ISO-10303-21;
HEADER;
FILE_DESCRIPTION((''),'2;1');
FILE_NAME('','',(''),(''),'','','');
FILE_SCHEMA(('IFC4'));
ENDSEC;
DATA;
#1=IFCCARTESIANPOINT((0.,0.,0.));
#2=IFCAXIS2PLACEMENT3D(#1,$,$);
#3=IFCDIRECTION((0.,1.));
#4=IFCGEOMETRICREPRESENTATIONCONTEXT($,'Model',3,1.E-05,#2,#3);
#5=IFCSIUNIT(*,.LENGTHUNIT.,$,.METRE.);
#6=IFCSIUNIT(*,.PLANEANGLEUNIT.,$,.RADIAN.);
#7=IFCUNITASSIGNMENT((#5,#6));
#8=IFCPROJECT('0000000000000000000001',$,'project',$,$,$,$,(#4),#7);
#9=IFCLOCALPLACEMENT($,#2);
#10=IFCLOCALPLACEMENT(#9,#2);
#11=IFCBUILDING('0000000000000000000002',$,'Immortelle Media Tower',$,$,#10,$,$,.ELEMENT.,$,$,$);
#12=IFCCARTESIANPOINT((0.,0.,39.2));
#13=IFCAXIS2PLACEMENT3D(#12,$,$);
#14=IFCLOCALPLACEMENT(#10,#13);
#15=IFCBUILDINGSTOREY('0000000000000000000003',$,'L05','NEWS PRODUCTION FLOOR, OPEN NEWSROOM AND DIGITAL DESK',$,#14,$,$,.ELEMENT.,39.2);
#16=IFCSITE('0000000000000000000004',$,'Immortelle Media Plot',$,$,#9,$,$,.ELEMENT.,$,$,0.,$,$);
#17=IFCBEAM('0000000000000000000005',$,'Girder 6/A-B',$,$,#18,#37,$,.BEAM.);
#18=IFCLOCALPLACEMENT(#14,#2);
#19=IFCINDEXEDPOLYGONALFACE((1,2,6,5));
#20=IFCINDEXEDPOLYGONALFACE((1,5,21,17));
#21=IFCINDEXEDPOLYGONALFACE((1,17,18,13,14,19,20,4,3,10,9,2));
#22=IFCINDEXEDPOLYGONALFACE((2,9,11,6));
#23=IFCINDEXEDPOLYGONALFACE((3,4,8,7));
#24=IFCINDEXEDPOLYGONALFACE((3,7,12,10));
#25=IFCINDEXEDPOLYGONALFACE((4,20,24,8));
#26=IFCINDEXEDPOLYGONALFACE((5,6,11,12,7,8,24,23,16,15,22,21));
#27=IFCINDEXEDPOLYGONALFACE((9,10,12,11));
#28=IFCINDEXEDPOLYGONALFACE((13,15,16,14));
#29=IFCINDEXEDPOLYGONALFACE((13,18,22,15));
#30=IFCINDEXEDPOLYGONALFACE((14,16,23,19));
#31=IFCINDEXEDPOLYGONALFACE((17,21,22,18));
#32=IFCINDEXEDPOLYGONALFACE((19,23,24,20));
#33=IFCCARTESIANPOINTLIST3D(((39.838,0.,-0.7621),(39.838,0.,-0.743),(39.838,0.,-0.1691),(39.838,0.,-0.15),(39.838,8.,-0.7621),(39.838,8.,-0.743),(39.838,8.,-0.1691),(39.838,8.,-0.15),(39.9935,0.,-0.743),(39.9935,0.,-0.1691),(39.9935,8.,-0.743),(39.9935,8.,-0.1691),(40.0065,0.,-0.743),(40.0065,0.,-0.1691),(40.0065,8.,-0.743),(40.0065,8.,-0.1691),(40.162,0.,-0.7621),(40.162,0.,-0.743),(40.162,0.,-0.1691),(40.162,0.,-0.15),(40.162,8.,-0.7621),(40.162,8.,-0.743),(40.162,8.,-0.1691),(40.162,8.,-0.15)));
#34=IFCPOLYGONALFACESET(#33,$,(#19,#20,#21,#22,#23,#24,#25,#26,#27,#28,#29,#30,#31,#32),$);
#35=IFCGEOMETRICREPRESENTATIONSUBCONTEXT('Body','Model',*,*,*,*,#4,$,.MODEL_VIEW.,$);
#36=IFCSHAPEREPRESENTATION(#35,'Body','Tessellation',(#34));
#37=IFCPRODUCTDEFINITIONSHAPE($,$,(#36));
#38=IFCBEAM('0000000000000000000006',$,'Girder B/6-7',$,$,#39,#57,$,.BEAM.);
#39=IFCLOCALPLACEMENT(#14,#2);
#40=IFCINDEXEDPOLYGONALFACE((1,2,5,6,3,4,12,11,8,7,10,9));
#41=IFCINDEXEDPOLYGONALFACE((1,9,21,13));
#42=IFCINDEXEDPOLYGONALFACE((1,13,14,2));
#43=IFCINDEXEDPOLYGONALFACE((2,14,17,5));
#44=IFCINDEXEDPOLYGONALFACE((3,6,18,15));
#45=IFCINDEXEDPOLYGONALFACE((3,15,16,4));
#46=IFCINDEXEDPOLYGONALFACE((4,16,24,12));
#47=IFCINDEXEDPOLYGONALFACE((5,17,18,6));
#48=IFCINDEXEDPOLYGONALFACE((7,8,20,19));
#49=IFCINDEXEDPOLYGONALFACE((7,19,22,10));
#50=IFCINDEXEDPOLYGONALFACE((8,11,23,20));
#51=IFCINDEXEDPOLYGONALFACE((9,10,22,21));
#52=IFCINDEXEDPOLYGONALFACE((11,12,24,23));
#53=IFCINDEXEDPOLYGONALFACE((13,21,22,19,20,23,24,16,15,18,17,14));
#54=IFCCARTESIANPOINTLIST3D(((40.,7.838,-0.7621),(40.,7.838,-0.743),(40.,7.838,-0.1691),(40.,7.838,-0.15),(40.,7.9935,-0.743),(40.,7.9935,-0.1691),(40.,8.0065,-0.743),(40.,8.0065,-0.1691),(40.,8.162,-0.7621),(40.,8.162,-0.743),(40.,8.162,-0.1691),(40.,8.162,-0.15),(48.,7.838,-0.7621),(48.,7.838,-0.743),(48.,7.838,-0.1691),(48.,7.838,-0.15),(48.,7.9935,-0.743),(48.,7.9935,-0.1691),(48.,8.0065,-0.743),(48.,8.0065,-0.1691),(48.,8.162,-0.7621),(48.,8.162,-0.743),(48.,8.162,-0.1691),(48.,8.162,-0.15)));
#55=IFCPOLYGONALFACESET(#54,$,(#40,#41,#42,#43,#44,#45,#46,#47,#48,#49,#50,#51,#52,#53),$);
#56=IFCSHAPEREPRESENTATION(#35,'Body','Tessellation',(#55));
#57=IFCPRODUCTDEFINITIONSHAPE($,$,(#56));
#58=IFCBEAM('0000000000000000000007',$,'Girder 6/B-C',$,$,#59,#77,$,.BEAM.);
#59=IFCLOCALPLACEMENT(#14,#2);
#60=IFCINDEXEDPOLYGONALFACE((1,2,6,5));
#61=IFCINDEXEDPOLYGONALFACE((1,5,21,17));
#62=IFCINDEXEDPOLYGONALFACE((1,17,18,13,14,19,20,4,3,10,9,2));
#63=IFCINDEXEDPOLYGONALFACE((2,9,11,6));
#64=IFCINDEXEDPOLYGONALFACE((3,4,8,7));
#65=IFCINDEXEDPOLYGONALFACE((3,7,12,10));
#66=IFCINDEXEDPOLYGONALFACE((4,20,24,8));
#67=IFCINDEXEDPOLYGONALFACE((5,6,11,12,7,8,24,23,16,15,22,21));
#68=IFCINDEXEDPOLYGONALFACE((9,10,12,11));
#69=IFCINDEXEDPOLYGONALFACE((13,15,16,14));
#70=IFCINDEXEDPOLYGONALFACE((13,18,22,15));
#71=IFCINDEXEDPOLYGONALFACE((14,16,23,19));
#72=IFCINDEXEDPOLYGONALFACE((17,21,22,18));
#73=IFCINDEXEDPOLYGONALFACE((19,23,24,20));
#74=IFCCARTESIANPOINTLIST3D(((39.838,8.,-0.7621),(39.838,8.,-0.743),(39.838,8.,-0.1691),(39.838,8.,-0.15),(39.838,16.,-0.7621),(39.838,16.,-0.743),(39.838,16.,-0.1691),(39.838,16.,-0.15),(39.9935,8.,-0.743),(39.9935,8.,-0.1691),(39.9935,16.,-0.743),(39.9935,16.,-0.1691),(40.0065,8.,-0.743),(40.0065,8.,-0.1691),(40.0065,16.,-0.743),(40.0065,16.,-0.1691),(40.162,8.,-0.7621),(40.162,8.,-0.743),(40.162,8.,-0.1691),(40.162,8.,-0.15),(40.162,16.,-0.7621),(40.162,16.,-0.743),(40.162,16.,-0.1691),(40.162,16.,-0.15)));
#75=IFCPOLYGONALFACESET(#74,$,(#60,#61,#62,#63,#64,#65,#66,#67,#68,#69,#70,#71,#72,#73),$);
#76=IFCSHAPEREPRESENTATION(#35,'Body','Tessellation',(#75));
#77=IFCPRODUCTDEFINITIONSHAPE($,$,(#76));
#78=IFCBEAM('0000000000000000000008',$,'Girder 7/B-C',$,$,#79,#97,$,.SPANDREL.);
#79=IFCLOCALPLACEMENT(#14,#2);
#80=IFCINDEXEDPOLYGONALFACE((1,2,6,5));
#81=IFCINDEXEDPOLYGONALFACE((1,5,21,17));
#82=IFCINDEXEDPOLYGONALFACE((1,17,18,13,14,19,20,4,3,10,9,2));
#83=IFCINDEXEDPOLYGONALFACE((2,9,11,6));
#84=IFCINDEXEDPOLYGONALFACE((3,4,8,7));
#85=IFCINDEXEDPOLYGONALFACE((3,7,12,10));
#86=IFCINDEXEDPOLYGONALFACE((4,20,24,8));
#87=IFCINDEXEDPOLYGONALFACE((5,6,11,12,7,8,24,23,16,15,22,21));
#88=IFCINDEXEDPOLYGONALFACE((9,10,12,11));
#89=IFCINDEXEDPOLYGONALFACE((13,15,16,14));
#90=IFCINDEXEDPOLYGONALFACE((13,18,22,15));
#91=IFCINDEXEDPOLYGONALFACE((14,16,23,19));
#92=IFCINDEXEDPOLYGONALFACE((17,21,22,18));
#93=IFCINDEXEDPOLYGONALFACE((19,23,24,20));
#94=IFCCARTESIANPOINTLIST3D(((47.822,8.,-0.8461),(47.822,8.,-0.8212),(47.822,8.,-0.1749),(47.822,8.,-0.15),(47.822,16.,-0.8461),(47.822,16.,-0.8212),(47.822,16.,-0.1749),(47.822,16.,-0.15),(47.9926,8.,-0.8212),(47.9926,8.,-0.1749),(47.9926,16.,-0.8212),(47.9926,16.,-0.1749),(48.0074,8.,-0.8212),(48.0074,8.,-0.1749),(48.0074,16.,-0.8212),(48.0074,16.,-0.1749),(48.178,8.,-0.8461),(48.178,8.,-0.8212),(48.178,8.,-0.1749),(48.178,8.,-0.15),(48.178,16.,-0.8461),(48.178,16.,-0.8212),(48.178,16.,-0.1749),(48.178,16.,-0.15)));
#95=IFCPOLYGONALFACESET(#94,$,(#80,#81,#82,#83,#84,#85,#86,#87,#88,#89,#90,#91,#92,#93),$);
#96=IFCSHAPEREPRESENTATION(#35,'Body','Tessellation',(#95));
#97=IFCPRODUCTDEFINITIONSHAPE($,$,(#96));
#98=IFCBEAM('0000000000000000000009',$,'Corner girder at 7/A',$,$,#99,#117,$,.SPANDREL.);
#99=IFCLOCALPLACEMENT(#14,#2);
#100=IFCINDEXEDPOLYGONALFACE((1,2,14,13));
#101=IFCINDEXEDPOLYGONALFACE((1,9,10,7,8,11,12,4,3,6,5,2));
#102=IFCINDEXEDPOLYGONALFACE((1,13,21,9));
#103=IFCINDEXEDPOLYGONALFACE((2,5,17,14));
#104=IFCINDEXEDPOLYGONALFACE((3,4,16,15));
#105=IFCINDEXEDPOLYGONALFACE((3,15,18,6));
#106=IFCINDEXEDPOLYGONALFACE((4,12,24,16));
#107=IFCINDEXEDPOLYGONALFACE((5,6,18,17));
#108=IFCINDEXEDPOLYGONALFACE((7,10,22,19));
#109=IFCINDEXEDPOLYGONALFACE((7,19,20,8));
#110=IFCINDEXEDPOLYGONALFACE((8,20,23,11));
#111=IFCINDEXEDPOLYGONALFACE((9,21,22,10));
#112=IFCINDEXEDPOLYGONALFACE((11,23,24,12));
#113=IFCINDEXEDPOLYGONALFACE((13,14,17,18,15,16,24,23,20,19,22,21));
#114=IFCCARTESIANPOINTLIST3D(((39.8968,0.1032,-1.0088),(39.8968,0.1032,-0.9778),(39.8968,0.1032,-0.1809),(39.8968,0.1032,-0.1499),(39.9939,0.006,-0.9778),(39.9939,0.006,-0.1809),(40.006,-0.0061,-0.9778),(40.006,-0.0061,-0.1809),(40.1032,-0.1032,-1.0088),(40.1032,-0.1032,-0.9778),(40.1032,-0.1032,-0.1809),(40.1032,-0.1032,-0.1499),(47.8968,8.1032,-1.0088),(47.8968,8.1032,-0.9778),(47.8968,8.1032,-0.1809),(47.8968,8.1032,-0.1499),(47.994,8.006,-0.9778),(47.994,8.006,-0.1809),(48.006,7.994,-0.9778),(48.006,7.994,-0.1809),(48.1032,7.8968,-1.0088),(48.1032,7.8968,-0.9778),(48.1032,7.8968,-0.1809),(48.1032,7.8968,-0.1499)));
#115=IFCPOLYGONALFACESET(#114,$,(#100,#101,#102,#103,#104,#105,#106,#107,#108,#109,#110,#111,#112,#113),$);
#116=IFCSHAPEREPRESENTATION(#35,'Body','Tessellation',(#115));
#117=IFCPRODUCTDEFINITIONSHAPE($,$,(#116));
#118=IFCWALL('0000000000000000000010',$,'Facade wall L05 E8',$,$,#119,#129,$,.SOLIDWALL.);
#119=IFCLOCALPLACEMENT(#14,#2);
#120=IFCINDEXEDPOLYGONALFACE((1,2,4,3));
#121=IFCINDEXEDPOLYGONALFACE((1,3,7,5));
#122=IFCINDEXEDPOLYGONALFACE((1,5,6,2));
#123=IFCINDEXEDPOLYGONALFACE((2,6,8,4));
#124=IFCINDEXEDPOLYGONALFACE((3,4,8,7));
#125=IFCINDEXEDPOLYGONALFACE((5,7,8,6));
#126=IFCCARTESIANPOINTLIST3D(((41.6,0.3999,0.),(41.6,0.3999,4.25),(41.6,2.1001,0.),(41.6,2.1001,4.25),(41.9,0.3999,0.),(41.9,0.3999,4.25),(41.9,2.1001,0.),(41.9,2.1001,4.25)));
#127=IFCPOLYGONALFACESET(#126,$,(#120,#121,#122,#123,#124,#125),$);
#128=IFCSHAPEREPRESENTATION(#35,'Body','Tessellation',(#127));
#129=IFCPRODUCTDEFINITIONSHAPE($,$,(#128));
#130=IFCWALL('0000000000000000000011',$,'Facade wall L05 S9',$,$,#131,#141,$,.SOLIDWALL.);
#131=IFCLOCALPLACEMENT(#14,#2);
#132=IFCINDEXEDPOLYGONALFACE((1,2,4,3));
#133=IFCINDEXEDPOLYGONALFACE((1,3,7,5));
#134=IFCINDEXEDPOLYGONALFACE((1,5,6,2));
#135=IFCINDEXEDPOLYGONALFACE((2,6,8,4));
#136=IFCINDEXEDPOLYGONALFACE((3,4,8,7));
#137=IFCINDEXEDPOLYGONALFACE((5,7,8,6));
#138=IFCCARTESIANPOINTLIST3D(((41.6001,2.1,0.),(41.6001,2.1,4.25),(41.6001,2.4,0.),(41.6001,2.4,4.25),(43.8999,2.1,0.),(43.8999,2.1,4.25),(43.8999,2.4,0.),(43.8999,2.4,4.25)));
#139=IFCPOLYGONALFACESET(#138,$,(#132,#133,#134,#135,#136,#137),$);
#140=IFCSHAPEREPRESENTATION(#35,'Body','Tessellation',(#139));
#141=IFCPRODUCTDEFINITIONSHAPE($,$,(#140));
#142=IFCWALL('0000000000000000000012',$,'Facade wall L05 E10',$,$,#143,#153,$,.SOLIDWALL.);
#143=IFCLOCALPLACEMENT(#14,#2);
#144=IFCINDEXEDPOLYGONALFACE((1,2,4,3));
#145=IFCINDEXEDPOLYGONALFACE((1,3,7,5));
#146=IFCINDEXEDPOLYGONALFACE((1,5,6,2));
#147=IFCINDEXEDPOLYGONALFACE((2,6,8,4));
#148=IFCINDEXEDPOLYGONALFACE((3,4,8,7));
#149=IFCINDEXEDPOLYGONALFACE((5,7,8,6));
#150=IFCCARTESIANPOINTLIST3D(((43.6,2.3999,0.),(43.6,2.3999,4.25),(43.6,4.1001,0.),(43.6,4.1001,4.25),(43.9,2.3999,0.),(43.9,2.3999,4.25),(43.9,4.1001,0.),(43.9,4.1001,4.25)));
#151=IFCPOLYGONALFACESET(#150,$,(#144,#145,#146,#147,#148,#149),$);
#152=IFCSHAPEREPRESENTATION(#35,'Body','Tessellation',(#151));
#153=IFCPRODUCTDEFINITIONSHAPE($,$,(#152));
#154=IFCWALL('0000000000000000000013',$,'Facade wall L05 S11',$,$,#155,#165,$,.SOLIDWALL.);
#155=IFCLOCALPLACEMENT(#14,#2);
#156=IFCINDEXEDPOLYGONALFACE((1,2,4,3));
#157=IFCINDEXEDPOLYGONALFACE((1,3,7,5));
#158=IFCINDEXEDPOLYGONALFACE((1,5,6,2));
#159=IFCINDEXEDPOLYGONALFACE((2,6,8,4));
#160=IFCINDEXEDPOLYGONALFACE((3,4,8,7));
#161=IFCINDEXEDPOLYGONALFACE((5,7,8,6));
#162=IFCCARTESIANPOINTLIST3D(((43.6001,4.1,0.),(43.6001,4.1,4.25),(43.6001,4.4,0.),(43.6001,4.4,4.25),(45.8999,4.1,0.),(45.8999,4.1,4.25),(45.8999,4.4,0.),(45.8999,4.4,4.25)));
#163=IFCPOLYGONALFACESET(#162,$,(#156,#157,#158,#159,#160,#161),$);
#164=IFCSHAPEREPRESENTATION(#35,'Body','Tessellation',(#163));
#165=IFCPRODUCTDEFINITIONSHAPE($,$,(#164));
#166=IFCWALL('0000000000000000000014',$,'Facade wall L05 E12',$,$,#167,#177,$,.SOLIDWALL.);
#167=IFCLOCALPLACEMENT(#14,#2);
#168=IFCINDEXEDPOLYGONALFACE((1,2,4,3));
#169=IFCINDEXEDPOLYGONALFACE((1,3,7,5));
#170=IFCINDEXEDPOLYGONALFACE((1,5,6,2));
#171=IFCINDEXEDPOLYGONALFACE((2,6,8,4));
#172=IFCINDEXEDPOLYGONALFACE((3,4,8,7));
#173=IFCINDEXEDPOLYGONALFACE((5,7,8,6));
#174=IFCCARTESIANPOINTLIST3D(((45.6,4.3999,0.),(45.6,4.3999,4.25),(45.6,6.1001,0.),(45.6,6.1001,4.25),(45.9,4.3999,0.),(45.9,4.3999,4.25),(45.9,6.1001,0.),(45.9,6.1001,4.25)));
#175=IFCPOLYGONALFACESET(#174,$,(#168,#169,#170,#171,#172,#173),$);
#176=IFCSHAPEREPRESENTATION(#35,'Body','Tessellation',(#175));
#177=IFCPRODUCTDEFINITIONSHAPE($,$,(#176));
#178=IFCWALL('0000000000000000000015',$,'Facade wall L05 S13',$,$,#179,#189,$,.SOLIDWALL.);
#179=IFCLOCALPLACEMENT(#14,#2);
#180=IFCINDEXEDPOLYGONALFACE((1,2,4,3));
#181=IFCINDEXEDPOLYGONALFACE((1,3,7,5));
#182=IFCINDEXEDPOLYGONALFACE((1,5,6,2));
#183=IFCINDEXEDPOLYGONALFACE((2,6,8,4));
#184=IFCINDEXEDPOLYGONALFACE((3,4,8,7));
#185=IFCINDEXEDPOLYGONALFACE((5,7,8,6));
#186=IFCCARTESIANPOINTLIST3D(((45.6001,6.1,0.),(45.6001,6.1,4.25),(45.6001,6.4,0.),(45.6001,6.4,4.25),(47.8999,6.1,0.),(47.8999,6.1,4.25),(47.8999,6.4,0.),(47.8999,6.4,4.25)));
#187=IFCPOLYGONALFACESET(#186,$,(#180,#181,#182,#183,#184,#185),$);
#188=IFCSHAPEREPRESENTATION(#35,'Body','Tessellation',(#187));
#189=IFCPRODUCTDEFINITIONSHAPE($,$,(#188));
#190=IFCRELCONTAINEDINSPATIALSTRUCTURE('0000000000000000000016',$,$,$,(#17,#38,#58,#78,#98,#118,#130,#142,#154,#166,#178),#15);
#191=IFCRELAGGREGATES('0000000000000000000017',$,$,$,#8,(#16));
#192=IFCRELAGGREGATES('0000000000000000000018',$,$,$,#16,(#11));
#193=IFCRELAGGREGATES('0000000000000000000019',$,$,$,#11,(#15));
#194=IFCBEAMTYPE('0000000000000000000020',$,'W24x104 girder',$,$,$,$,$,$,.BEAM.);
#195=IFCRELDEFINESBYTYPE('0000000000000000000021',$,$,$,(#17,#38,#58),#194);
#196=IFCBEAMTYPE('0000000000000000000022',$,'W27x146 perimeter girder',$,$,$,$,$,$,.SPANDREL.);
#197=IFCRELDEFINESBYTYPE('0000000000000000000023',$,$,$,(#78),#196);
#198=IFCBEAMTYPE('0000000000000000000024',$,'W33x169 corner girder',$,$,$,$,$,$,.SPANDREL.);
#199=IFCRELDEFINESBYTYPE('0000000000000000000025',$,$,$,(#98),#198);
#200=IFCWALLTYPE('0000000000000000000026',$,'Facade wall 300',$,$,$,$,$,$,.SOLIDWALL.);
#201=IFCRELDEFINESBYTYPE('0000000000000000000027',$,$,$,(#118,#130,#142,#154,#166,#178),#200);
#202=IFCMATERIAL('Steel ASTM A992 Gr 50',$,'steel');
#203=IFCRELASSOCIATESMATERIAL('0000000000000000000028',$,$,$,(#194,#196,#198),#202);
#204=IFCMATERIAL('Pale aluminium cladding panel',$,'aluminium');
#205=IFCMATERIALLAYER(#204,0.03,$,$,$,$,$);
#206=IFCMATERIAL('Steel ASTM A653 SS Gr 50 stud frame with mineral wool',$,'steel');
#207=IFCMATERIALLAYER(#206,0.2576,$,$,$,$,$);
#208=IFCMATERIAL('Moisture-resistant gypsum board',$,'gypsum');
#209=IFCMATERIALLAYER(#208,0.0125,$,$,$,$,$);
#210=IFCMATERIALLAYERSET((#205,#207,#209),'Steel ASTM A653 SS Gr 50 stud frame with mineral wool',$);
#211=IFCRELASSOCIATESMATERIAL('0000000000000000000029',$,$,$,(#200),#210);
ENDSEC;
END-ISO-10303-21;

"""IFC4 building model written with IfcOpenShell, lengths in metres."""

from ifc_helpers import new_model, si_unit, direction, frame, frame_2d, origin, origin_2d, place, context, subcontext, project, spatial, rectangle, i_section, extrude, material, layer, layer_set, material_profile, profile_set, type_object, element, save


model = new_model("IFC4")

# Units and contexts
model_context = context("Model", 3, precision=1e-05, world=origin(), true_north=direction((0.0, 1.0)))
body_context = subcontext(model_context, "Body", "Model", "MODEL_VIEW")
ifc_project = project(units=[si_unit("LENGTHUNIT", "METRE"), si_unit("PLANEANGLEUNIT", "RADIAN")], contexts=[model_context])

# Site, building, storey
site_placement = place(None, origin())
site = spatial("IfcSite", under=ifc_project, at=site_placement, Name="Immortelle Media Plot", CompositionType="ELEMENT", RefElevation=0.0)
building_placement = place(site_placement, origin())
building = spatial("IfcBuilding", under=site, at=building_placement, Name="Immortelle Media Tower", CompositionType="ELEMENT")
storey_placement = place(building_placement, frame((0.0, 0.0, 39.2)))
storey = spatial("IfcBuildingStorey", under=building, at=storey_placement, Name="L05", Description="NEWS PRODUCTION FLOOR, OPEN NEWSROOM AND DIGITAL DESK", CompositionType="ELEMENT", Elevation=39.2)

# Shared definitions
ifc_material_1 = material(Name="Steel ASTM A992 Gr 50", Category="steel")

# Beams
ifc_material_profile_1 = material_profile(ifc_material_1, i_section(OverallWidth=0.324, OverallDepth=0.6121, WebThickness=0.0129, FlangeThickness=0.019, at=origin_2d()), Name="W24x104")
ifc_profile_set_1 = profile_set([ifc_material_profile_1], Name="Steel ASTM A992 Gr 50")
beam_type_1 = type_object("IfcBeamType", Name="W24x104 girder", PredefinedType="BEAM", material=ifc_profile_set_1)
for number, where, z_axis, x_axis, name in (
    (1, (40.0, 0.0, -0.4561), (0.0, 1.0, 0.0), (-1.0, 0.0, 0.0), "Girder 6/A-B"),
    (2, (40.0, 8.0, -0.4561), (1.0, 0.0, 0.0), (0.0, 1.0, 0.0), "Girder B/6-7"),
    (3, (40.0, 8.0, -0.4561), (0.0, 1.0, 0.0), (-1.0, 0.0, 0.0), "Girder 6/B-C"),
):
    element("IfcBeam", number, at=place(storey_placement, frame(where, z_axis=z_axis, x_axis=x_axis)), inside=storey, type_object=beam_type_1, Name=name, PredefinedType="BEAM", context=body_context, shape_type="SweptSolid", body=[
        extrude(i_section(OverallWidth=0.324, OverallDepth=0.6121, WebThickness=0.0129, FlangeThickness=0.019, at=origin_2d()), origin(), (0.0, 0.0, 1.0), 8.0),
    ])
ifc_material_profile_2 = material_profile(ifc_material_1, i_section(OverallWidth=0.356, OverallDepth=0.696, WebThickness=0.0149, FlangeThickness=0.0249, at=origin_2d()), Name="W27x146")
ifc_profile_set_2 = profile_set([ifc_material_profile_2], Name="Steel ASTM A992 Gr 50")
beam_type_2 = type_object("IfcBeamType", Name="W27x146 perimeter girder", PredefinedType="SPANDREL", material=ifc_profile_set_2)
beam_1_placement = place(storey_placement, frame((48.0, 8.0, -0.498), z_axis=(0.0, 1.0, 0.0), x_axis=(-1.0, 0.0, 0.0)))
element("IfcBeam", 4, at=beam_1_placement, inside=storey, type_object=beam_type_2, Name="Girder 7/B-C", PredefinedType="SPANDREL", context=body_context, shape_type="SweptSolid", body=[
    extrude(i_section(OverallWidth=0.356, OverallDepth=0.696, WebThickness=0.0149, FlangeThickness=0.0249, at=origin_2d()), origin(), (0.0, 0.0, 1.0), 8.0),
])
ifc_material_profile_3 = material_profile(ifc_material_1, i_section(OverallWidth=0.292, OverallDepth=0.8589, WebThickness=0.0171, FlangeThickness=0.031, at=origin_2d()), Name="W33x169")
ifc_profile_set_3 = profile_set([ifc_material_profile_3], Name="Steel ASTM A992 Gr 50")
beam_type_3 = type_object("IfcBeamType", Name="W33x169 corner girder", PredefinedType="SPANDREL", material=ifc_profile_set_3)
beam_2_placement = place(storey_placement, frame((48.0, 8.0, -0.5793), z_axis=(-0.707107, -0.707107, 0.0), x_axis=(0.707107, -0.707107, 0.0)))
element("IfcBeam", 5, at=beam_2_placement, inside=storey, type_object=beam_type_3, Name="Corner girder at 7/A", PredefinedType="SPANDREL", context=body_context, shape_type="SweptSolid", body=[
    extrude(i_section(OverallWidth=0.292, OverallDepth=0.8589, WebThickness=0.0171, FlangeThickness=0.031, at=origin_2d()), origin(), (0.0, 0.0, 1.0), 11.3137),
])

# Walls
ifc_material_2 = material(Name="Pale aluminium cladding panel", Category="aluminium")
ifc_layer_1 = layer(ifc_material_2, 0.03)
ifc_material_3 = material(Name="Steel ASTM A653 SS Gr 50 stud frame with mineral wool", Category="steel")
ifc_layer_2 = layer(ifc_material_3, 0.2576)
ifc_material_4 = material(Name="Moisture-resistant gypsum board", Category="gypsum")
ifc_layer_3 = layer(ifc_material_4, 0.0125)
ifc_layer_set_1 = layer_set([ifc_layer_1, ifc_layer_2, ifc_layer_3], Name="Steel ASTM A653 SS Gr 50 stud frame with mineral wool")
wall_type_1 = type_object("IfcWallType", Name="Facade wall 300", PredefinedType="SOLIDWALL", material=ifc_layer_set_1)
wall_1_placement = place(storey_placement, frame((41.75, 0.3999, 0.0), z_axis=(0.0, 0.0, 1.0), x_axis=(0.0, 1.0, 0.0)))
element("IfcWall", 6, at=wall_1_placement, inside=storey, type_object=wall_type_1, Name="Facade wall L05 E8", PredefinedType="SOLIDWALL", context=body_context, shape_type="SweptSolid", body=[
    extrude(rectangle(XDim=1.7002, YDim=0.3, at=frame_2d((0.8501, 0.0))), origin(), (0.0, 0.0, 1.0), 4.25),
])
wall_2_placement = place(storey_placement, frame((41.6001, 2.25, 0.0), z_axis=(0.0, 0.0, 1.0), x_axis=(1.0, 0.0, 0.0)))
element("IfcWall", 7, at=wall_2_placement, inside=storey, type_object=wall_type_1, Name="Facade wall L05 S9", PredefinedType="SOLIDWALL", context=body_context, shape_type="SweptSolid", body=[
    extrude(rectangle(XDim=2.2998, YDim=0.3, at=frame_2d((1.1499, 0.0))), origin(), (0.0, 0.0, 1.0), 4.25),
])
wall_3_placement = place(storey_placement, frame((43.75, 2.3999, 0.0), z_axis=(0.0, 0.0, 1.0), x_axis=(0.0, 1.0, 0.0)))
element("IfcWall", 8, at=wall_3_placement, inside=storey, type_object=wall_type_1, Name="Facade wall L05 E10", PredefinedType="SOLIDWALL", context=body_context, shape_type="SweptSolid", body=[
    extrude(rectangle(XDim=1.7002, YDim=0.3, at=frame_2d((0.8501, 0.0))), origin(), (0.0, 0.0, 1.0), 4.25),
])
wall_4_placement = place(storey_placement, frame((43.6001, 4.25, 0.0), z_axis=(0.0, 0.0, 1.0), x_axis=(1.0, 0.0, 0.0)))
element("IfcWall", 9, at=wall_4_placement, inside=storey, type_object=wall_type_1, Name="Facade wall L05 S11", PredefinedType="SOLIDWALL", context=body_context, shape_type="SweptSolid", body=[
    extrude(rectangle(XDim=2.2998, YDim=0.3, at=frame_2d((1.1499, 0.0))), origin(), (0.0, 0.0, 1.0), 4.25),
])
wall_5_placement = place(storey_placement, frame((45.75, 4.3999, 0.0), z_axis=(0.0, 0.0, 1.0), x_axis=(0.0, 1.0, 0.0)))
element("IfcWall", 10, at=wall_5_placement, inside=storey, type_object=wall_type_1, Name="Facade wall L05 E12", PredefinedType="SOLIDWALL", context=body_context, shape_type="SweptSolid", body=[
    extrude(rectangle(XDim=1.7002, YDim=0.3, at=frame_2d((0.8501, 0.0))), origin(), (0.0, 0.0, 1.0), 4.25),
])
wall_6_placement = place(storey_placement, frame((45.6001, 6.25, 0.0), z_axis=(0.0, 0.0, 1.0), x_axis=(1.0, 0.0, 0.0)))
element("IfcWall", 11, at=wall_6_placement, inside=storey, type_object=wall_type_1, Name="Facade wall L05 S13", PredefinedType="SOLIDWALL", context=body_context, shape_type="SweptSolid", body=[
    extrude(rectangle(XDim=2.2998, YDim=0.3, at=frame_2d((1.1499, 0.0))), origin(), (0.0, 0.0, 1.0), 4.25),
])

save(model, "model.ifc")
